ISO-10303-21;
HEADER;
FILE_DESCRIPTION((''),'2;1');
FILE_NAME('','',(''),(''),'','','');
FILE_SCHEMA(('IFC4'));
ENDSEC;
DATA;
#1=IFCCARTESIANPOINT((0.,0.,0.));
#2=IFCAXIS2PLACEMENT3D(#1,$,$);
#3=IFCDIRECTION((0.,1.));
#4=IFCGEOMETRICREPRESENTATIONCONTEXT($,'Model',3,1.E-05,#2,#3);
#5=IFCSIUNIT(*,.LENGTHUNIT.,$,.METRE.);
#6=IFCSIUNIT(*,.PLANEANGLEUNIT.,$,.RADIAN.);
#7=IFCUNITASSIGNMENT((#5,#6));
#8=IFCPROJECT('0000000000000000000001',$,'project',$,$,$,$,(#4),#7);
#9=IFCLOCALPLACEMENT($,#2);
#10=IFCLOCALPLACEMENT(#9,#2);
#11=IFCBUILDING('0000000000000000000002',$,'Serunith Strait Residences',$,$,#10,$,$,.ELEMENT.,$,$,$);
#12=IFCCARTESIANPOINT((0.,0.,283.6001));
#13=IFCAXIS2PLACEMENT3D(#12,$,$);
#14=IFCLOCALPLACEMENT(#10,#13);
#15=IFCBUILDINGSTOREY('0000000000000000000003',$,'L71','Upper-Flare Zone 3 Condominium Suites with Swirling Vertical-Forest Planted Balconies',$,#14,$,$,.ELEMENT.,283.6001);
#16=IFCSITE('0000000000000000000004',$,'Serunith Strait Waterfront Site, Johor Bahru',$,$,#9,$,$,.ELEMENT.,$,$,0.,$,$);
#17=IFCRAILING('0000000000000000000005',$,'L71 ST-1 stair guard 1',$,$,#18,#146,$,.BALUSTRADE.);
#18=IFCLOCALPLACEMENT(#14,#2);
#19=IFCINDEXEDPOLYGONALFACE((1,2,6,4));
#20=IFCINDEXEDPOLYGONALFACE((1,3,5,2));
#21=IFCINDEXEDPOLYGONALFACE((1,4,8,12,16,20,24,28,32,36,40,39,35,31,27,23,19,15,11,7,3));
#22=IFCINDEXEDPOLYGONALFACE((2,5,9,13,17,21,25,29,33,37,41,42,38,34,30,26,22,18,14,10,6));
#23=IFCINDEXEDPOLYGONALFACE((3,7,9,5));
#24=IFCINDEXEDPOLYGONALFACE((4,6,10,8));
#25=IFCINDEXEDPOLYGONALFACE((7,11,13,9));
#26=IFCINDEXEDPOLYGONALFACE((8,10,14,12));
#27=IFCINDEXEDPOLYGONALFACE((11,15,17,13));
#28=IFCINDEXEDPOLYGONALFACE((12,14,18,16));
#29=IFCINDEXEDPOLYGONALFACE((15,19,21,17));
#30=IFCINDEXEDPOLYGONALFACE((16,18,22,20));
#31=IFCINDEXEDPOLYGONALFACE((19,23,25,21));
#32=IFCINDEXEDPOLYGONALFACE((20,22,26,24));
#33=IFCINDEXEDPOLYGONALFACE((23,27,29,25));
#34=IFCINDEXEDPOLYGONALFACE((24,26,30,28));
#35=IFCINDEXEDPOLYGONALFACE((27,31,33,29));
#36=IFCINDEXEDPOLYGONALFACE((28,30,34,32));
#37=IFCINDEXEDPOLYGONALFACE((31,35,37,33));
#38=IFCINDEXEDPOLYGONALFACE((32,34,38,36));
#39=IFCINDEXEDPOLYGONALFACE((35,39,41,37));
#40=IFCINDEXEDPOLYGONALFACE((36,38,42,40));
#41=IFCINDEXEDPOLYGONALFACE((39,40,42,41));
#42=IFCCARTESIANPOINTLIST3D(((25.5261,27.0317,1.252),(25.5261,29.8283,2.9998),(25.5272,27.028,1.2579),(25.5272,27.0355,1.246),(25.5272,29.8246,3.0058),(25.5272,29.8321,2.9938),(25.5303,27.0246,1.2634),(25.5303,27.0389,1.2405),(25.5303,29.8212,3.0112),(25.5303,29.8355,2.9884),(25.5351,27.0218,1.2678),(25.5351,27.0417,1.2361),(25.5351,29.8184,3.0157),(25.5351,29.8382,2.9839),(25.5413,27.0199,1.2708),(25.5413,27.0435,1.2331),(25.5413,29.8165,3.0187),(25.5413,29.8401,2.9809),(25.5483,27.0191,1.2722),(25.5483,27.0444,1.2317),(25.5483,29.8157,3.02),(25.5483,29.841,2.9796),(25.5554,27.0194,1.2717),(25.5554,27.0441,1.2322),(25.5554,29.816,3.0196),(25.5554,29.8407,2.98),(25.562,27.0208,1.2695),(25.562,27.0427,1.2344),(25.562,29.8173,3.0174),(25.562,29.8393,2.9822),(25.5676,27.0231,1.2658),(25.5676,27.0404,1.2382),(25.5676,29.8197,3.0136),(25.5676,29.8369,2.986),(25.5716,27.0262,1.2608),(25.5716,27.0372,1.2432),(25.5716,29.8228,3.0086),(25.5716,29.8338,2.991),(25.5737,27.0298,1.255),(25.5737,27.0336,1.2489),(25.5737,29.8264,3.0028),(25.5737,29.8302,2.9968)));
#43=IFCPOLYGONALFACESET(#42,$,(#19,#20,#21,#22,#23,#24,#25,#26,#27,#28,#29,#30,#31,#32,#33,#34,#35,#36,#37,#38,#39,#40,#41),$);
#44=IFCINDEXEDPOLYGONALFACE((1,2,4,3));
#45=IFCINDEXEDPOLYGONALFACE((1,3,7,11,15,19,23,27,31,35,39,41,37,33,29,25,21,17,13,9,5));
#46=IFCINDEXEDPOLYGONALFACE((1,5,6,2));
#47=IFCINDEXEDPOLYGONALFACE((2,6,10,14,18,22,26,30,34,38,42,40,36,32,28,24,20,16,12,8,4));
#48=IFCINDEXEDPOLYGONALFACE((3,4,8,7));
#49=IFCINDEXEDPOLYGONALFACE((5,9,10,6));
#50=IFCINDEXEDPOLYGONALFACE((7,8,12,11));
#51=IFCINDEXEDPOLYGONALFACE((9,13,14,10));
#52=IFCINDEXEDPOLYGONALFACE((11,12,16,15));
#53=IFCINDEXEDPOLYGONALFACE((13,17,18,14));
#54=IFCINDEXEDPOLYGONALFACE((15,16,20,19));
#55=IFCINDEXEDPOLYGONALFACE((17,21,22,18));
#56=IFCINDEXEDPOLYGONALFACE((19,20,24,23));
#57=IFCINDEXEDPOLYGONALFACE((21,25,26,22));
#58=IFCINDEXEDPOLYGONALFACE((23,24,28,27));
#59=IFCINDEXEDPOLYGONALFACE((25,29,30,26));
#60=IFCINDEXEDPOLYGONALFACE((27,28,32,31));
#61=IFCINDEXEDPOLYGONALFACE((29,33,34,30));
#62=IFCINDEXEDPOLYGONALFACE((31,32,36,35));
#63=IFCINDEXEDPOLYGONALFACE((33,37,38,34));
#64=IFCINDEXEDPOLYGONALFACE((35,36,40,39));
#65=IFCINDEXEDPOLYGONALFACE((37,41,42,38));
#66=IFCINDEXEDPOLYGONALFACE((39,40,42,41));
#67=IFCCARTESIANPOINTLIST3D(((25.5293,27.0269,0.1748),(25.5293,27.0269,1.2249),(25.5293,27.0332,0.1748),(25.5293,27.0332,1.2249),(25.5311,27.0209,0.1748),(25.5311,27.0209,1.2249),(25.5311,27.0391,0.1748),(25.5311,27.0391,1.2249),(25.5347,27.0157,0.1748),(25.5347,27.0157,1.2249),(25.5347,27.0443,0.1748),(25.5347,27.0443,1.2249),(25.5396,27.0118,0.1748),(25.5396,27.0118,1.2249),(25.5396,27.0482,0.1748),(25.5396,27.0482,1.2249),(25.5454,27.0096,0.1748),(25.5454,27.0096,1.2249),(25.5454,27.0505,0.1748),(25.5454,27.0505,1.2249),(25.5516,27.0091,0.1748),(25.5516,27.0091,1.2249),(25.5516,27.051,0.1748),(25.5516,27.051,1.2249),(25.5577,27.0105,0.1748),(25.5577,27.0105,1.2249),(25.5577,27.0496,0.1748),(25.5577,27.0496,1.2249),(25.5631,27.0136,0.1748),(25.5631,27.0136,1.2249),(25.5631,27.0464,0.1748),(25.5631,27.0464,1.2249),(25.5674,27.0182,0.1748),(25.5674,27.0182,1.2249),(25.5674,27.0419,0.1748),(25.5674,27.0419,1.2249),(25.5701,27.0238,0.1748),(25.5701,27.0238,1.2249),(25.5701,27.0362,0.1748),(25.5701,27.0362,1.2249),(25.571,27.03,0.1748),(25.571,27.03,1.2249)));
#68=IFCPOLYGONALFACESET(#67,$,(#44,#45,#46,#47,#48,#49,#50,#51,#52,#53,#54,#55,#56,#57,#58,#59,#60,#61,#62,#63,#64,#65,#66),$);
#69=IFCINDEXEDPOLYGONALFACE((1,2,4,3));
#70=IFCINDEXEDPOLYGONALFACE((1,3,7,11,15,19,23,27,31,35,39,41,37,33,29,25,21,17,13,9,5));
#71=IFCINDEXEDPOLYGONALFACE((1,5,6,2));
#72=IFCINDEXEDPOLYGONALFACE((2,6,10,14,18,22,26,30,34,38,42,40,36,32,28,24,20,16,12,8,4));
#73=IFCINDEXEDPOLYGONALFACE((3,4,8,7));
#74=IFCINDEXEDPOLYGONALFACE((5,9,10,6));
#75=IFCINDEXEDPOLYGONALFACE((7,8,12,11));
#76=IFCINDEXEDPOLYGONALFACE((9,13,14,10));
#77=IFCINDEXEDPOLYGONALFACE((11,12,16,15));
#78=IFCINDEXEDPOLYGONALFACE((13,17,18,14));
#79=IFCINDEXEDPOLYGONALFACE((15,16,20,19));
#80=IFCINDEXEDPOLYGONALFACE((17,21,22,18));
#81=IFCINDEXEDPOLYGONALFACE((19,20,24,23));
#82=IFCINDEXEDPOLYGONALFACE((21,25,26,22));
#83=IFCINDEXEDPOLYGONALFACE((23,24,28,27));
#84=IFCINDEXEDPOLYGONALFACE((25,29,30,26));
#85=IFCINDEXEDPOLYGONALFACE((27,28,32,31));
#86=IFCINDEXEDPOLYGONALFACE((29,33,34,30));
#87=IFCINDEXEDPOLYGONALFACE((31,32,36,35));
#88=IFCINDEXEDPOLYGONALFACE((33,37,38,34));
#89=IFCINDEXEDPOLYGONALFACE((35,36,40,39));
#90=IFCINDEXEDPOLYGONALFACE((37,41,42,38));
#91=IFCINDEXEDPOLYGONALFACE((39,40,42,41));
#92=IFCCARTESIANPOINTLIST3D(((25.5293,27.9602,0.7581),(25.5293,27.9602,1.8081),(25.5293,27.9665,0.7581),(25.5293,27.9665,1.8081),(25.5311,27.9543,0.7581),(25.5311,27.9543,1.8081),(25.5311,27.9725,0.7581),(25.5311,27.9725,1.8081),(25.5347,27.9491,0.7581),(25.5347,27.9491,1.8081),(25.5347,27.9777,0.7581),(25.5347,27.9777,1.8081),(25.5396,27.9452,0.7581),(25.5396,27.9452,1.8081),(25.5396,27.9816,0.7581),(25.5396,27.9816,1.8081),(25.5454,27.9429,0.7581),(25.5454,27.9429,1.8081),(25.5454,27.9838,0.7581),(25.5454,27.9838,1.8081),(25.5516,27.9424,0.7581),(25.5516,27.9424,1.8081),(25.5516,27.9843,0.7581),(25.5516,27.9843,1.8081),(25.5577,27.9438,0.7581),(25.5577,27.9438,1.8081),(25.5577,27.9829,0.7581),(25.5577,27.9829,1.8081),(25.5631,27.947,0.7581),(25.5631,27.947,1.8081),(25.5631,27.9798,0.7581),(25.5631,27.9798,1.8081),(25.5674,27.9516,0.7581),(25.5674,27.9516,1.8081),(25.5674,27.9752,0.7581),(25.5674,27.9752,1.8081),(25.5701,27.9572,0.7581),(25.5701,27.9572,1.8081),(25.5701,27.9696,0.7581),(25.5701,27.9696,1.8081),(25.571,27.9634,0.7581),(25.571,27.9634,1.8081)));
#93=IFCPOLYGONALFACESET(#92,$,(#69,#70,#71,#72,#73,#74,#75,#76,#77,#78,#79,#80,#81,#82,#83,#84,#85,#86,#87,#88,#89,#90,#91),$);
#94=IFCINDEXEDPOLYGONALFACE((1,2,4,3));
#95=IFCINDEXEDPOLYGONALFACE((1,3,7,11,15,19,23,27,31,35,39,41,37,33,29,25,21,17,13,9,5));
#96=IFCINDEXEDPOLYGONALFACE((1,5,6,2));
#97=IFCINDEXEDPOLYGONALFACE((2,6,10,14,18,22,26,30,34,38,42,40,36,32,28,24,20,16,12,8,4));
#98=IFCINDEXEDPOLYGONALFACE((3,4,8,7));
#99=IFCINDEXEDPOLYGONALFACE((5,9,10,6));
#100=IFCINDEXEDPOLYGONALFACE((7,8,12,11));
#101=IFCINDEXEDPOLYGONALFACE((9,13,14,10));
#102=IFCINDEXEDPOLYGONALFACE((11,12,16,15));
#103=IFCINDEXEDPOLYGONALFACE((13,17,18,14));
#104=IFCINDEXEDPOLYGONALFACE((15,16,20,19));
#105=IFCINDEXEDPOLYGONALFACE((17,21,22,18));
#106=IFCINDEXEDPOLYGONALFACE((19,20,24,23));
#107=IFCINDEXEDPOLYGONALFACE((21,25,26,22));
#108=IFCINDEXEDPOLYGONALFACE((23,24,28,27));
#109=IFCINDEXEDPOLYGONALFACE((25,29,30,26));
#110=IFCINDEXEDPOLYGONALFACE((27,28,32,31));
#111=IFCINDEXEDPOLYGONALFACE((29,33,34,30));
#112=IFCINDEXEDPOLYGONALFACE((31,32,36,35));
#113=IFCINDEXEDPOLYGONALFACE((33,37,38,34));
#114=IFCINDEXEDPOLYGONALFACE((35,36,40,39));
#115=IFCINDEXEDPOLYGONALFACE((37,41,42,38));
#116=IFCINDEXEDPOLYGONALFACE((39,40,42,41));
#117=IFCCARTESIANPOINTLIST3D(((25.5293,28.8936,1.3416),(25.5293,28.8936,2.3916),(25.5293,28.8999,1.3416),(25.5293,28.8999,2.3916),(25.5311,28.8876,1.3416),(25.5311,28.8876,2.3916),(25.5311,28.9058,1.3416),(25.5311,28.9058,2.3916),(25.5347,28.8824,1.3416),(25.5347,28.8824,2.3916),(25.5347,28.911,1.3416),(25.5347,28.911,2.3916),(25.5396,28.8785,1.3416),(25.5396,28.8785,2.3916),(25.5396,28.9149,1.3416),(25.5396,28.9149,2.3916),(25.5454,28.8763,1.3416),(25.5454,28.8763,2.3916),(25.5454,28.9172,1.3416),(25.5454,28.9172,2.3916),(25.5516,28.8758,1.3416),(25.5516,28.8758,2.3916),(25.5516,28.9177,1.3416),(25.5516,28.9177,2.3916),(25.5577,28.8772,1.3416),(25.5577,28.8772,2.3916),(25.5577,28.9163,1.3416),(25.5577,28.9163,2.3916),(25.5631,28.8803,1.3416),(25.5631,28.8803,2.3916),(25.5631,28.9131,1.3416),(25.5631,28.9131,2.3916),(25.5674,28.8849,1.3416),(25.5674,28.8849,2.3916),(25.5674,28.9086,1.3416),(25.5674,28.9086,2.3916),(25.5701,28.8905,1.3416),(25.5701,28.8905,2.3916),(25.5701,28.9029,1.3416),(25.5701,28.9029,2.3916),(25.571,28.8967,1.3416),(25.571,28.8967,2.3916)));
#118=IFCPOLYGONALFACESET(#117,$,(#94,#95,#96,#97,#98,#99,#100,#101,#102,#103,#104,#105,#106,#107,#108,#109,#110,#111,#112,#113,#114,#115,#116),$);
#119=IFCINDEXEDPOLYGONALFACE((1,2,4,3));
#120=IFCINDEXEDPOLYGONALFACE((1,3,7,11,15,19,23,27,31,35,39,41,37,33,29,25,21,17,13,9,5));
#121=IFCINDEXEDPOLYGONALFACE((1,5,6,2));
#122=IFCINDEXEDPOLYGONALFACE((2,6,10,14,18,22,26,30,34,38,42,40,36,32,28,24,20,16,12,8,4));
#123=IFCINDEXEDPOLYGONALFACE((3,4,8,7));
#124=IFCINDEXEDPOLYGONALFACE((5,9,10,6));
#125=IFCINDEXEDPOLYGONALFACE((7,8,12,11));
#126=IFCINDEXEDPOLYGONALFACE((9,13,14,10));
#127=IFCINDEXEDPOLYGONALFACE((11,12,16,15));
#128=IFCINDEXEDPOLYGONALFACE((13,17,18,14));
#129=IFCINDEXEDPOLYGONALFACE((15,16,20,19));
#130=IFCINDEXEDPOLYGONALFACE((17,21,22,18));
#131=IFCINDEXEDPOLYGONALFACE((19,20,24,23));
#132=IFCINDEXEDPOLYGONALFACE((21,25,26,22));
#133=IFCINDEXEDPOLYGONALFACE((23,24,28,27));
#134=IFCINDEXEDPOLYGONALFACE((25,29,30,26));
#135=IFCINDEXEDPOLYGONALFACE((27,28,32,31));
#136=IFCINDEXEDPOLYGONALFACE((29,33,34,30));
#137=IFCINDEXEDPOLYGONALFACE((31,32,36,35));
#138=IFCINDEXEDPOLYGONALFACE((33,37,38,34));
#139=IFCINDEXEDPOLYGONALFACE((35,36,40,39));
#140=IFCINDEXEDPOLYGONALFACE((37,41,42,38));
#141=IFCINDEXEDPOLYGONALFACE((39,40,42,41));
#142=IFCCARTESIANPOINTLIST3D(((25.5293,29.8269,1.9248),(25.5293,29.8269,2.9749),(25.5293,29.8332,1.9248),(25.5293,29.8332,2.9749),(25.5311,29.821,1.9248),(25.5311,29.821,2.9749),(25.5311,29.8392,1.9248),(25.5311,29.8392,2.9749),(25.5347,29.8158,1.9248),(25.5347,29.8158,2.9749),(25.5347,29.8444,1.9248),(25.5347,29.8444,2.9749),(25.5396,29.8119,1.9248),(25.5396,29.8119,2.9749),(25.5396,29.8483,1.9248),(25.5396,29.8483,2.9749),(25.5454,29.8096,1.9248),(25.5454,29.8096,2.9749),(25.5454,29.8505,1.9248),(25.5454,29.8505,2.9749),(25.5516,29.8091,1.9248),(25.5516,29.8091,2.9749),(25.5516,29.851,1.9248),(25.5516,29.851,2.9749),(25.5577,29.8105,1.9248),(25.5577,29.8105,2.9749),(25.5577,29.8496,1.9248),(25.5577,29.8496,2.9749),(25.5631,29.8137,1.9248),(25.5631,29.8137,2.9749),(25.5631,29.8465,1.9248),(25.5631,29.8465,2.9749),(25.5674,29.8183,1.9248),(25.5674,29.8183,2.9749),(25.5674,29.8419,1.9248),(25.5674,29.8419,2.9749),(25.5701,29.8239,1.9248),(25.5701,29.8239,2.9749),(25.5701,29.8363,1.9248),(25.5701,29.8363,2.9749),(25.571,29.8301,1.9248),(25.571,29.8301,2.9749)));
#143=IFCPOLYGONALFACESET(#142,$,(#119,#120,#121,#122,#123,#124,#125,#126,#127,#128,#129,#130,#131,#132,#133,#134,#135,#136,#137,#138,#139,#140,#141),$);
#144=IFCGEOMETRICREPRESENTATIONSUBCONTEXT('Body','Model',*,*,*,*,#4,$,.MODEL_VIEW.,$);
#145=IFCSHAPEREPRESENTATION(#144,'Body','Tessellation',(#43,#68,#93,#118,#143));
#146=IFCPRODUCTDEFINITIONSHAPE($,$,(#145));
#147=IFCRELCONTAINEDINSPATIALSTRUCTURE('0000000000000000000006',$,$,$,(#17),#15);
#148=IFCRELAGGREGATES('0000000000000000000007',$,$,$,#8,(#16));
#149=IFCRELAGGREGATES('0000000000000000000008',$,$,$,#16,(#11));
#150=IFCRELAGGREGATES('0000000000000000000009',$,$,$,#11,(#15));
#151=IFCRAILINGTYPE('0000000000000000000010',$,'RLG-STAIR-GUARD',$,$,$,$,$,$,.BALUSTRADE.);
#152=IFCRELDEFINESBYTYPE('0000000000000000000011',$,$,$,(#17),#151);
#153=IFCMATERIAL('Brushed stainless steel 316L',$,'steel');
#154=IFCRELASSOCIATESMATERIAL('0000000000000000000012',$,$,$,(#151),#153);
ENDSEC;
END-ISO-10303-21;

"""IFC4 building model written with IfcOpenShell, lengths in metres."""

from ifc_helpers import new_model, si_unit, direction, frame, origin, origin_2d, place, context, subcontext, project, spatial, circle, extrude, material, type_object, element, save


model = new_model("IFC4")

# Units and contexts
model_context = context("Model", 3, precision=1e-05, world=origin(), true_north=direction((0.0, 1.0)))
body_context = subcontext(model_context, "Body", "Model", "MODEL_VIEW")
ifc_project = project(units=[si_unit("LENGTHUNIT", "METRE"), si_unit("PLANEANGLEUNIT", "RADIAN")], contexts=[model_context])

# Site, building, storey
site_placement = place(None, origin())
site = spatial("IfcSite", under=ifc_project, at=site_placement, Name="Serunith Strait Waterfront Site, Johor Bahru", CompositionType="ELEMENT", RefElevation=0.0)
building_placement = place(site_placement, origin())
building = spatial("IfcBuilding", under=site, at=building_placement, Name="Serunith Strait Residences", CompositionType="ELEMENT")
storey_placement = place(building_placement, frame((0.0, 0.0, 283.6001)))
storey = spatial("IfcBuildingStorey", under=building, at=storey_placement, Name="L71", Description="Upper-Flare Zone 3 Condominium Suites with Swirling Vertical-Forest Planted Balconies", CompositionType="ELEMENT", Elevation=283.6001)

# Railing
ifc_material_1 = material(Name="Brushed stainless steel 316L", Category="steel")
railing_type_1 = type_object("IfcRailingType", Name="RLG-STAIR-GUARD", PredefinedType="BALUSTRADE", material=ifc_material_1)
railing_1_placement = place(storey_placement, frame((25.55, 27.03, 0.1748)))
element("IfcRailing", 1, at=railing_1_placement, inside=storey, type_object=railing_type_1, Name="L71 ST-1 stair guard 1", PredefinedType="BALUSTRADE", context=body_context, shape_type="SweptSolid", body=[
    extrude(circle(Radius=0.0239, at=origin_2d()), frame((0.0, 0.0017, 1.0771), z_axis=(0.0, 0.848002, 0.529992), x_axis=(-1.0, 0.0, 0.0)), (0.0, 0.0, 1.0), 3.2979),
    extrude(circle(Radius=0.021, at=origin_2d()), origin(), (0.0, 0.0, 1.0), 1.05),
    extrude(circle(Radius=0.021, at=origin_2d()), frame((0.0, 0.9333, 0.5833)), (0.0, 0.0, 1.0), 1.05),
    extrude(circle(Radius=0.021, at=origin_2d()), frame((0.0, 1.8667, 1.1667)), (0.0, 0.0, 1.0), 1.05),
    extrude(circle(Radius=0.021, at=origin_2d()), frame((0.0, 2.8, 1.75)), (0.0, 0.0, 1.0), 1.05),
])

save(model, "model.ifc")
